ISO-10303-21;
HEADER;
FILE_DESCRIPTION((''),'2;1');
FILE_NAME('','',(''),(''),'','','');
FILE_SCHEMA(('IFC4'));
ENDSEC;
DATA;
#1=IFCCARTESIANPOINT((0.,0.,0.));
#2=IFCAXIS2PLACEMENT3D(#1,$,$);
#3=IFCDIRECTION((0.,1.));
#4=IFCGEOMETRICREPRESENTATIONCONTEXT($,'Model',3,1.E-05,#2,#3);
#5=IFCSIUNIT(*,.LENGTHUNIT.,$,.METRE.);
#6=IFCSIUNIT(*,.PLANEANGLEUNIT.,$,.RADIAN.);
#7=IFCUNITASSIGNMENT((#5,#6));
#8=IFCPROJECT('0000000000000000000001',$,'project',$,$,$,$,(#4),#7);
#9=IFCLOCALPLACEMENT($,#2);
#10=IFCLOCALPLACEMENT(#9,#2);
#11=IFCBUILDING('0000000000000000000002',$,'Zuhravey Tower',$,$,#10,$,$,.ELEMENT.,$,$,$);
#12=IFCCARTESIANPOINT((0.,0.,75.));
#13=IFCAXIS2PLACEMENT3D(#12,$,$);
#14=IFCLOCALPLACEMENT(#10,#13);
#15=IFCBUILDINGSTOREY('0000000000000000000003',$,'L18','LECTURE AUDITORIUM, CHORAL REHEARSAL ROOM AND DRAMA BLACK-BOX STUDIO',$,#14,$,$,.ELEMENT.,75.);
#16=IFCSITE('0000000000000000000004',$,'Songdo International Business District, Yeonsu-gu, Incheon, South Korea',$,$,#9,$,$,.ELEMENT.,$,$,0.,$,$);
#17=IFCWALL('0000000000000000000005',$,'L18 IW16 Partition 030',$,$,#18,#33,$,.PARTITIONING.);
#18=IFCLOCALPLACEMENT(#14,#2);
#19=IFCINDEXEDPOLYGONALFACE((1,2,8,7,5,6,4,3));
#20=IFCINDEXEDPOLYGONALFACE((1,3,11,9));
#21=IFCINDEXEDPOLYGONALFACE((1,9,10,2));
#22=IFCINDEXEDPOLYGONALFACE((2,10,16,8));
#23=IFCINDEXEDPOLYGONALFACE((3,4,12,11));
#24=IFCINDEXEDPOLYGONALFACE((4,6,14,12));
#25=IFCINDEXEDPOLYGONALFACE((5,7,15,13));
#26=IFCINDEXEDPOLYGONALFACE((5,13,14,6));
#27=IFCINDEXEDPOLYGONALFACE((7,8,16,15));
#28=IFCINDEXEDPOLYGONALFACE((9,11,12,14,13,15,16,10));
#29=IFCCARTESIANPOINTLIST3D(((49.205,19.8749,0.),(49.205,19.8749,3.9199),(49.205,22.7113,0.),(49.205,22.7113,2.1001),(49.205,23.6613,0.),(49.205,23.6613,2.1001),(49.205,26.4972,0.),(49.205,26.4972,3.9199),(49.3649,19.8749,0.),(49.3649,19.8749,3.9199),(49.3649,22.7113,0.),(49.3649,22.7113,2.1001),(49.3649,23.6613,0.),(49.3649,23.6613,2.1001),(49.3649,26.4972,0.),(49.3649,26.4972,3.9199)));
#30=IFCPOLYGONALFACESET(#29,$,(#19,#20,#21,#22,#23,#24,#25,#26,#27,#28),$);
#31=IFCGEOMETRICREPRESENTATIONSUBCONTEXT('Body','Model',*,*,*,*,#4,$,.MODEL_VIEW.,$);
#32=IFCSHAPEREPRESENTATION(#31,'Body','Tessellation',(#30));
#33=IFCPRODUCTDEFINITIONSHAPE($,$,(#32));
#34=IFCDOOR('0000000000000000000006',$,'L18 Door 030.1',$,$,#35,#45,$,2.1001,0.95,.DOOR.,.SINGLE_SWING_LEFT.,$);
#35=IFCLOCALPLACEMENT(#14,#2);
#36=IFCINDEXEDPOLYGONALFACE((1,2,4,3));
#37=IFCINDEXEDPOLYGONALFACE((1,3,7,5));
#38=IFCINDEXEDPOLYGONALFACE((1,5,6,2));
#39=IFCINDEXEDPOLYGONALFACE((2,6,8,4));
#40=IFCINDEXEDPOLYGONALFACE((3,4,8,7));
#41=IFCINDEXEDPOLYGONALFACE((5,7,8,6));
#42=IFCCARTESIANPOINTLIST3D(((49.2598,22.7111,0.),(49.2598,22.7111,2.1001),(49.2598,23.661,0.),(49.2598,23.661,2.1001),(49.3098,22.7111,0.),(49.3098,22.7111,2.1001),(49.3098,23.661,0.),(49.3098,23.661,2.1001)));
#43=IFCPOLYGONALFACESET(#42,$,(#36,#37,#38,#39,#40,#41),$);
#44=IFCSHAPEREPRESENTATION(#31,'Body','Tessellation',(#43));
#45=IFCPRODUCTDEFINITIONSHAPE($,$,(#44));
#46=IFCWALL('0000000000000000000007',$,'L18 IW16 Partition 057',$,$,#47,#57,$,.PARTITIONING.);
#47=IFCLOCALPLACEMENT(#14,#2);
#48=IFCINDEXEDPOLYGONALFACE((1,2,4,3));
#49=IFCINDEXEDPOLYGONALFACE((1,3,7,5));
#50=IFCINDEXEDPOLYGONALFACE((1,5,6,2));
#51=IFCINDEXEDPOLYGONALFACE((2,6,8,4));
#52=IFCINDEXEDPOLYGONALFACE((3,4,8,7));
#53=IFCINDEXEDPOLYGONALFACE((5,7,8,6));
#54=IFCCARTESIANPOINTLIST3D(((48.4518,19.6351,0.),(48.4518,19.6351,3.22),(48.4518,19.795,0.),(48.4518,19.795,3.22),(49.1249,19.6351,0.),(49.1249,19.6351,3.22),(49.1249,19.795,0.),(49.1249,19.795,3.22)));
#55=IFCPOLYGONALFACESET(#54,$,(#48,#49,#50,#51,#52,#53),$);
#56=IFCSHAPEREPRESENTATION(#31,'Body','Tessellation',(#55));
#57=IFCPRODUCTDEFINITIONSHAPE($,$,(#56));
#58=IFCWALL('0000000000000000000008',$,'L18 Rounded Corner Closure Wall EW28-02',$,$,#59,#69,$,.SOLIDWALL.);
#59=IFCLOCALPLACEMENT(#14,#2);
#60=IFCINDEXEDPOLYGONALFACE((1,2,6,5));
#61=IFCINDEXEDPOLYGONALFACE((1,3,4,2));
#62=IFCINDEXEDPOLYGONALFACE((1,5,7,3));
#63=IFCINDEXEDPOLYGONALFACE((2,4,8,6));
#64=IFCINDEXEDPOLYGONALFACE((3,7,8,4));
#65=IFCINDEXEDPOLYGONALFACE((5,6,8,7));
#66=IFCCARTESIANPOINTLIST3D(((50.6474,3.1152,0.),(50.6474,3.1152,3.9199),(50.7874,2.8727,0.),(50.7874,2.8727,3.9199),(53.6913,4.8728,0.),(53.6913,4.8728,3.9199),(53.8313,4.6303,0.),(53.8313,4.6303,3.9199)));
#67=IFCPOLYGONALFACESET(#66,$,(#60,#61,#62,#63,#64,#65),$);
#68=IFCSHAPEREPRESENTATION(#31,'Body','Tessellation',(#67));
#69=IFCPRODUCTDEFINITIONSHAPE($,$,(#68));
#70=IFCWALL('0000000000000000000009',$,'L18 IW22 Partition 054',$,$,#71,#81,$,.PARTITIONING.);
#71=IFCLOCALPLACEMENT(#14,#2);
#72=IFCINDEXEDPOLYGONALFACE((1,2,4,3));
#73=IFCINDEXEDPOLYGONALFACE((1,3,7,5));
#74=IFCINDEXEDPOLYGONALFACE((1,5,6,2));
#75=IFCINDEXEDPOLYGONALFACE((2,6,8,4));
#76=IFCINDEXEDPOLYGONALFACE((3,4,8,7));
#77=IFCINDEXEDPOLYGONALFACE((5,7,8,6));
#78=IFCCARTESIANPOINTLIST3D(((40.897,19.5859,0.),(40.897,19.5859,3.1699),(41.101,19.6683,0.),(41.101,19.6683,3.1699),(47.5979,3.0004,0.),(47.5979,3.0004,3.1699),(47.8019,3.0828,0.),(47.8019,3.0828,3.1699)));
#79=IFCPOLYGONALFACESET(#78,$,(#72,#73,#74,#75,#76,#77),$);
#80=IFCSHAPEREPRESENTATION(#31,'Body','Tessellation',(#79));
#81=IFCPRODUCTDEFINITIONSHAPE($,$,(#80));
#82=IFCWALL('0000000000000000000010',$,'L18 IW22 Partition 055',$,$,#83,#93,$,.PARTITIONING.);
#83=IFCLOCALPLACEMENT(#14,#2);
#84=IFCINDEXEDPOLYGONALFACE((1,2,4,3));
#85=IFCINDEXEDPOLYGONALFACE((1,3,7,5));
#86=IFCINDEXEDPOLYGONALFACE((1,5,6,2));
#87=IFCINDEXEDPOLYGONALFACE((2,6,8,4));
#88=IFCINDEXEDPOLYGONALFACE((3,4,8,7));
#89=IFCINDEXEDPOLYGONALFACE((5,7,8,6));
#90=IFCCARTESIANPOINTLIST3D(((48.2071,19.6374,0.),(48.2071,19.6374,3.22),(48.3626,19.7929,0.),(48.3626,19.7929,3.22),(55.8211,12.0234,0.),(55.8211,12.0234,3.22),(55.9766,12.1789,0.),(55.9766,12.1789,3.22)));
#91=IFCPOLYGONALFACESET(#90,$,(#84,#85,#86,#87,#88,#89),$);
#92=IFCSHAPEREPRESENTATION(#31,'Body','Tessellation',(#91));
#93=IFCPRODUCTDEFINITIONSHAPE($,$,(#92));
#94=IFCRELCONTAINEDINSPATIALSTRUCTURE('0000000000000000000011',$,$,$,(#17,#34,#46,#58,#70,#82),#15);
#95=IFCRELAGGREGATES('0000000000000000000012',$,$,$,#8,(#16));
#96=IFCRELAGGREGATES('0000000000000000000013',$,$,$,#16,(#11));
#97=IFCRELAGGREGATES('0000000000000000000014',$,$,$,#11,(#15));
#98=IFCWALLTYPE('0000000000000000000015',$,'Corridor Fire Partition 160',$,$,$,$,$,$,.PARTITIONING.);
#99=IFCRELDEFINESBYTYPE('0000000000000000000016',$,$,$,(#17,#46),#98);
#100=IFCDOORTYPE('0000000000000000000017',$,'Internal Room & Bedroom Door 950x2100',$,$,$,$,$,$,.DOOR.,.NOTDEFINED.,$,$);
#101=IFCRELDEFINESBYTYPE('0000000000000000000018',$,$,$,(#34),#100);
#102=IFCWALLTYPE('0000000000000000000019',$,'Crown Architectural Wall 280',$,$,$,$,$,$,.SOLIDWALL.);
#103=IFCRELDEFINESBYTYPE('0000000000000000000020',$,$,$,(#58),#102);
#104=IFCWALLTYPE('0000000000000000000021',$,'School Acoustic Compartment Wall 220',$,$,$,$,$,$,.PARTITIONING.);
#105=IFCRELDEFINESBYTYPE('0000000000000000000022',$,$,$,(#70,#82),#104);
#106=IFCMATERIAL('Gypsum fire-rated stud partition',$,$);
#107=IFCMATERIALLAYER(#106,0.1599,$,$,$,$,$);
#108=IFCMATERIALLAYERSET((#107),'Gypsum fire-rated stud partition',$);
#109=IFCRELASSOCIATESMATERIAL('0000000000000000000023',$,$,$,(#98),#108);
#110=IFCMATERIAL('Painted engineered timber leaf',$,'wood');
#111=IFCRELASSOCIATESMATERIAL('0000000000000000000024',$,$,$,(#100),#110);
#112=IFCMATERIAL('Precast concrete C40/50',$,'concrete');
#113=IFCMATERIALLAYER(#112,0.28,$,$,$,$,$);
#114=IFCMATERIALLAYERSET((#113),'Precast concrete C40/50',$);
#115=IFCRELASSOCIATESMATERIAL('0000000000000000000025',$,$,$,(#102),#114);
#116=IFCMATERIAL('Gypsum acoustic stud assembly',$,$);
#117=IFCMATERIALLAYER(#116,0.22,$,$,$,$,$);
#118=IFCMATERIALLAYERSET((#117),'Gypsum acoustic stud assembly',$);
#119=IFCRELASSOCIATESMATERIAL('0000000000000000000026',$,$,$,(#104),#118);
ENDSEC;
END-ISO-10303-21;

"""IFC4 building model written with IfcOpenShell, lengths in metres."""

from ifc_helpers import new_model, si_unit, direction, frame, frame_2d, origin, place, context, subcontext, project, spatial, rectangle, extrude, material, layer, layer_set, type_object, element, fill, save


model = new_model("IFC4")

# Units and contexts
model_context = context("Model", 3, precision=1e-05, world=origin(), true_north=direction((0.0, 1.0)))
body_context = subcontext(model_context, "Body", "Model", "MODEL_VIEW")
ifc_project = project(units=[si_unit("LENGTHUNIT", "METRE"), si_unit("PLANEANGLEUNIT", "RADIAN")], contexts=[model_context])

# Site, building, storey
site_placement = place(None, origin())
site = spatial("IfcSite", under=ifc_project, at=site_placement, Name="Songdo International Business District, Yeonsu-gu, Incheon, South Korea", CompositionType="ELEMENT", RefElevation=0.0)
building_placement = place(site_placement, origin())
building = spatial("IfcBuilding", under=site, at=building_placement, Name="Zuhravey Tower", CompositionType="ELEMENT")
storey_placement = place(building_placement, frame((0.0, 0.0, 75.0)))
storey = spatial("IfcBuildingStorey", under=building, at=storey_placement, Name="L18", Description="LECTURE AUDITORIUM, CHORAL REHEARSAL ROOM AND DRAMA BLACK-BOX STUDIO", CompositionType="ELEMENT", Elevation=75.0)

# Wall, opening, door
ifc_material_1 = material(Name="Gypsum fire-rated stud partition")
ifc_layer_1 = layer(ifc_material_1, 0.1599)
ifc_layer_set_1 = layer_set([ifc_layer_1], Name="Gypsum fire-rated stud partition")
wall_type_1 = type_object("IfcWallType", Name="Corridor Fire Partition 160", PredefinedType="PARTITIONING", material=ifc_layer_set_1)
wall_1_placement = place(storey_placement, frame((49.2849, 19.875, 0.0), z_axis=(0.0, 0.0, 1.0), x_axis=(0.0, 1.0, 0.0)))
wall_1 = element("IfcWall", 1, at=wall_1_placement, inside=storey, type_object=wall_type_1, Name="L18 IW16 Partition 030", PredefinedType="PARTITIONING", context=body_context, shape_type="SweptSolid", body=[
    extrude(rectangle(XDim=6.6223, YDim=0.1599, at=frame_2d((3.311, 0.0))), origin(), (0.0, 0.0, 1.0), 3.9199),
])
opening_1_placement = place(wall_1_placement, frame((2.8362, 0.0, 0.0)))
opening_1 = element("IfcOpeningElement", 2, at=opening_1_placement, cuts=wall_1, PredefinedType="OPENING", context=body_context, shape_type="SweptSolid", body=[
    extrude(rectangle(XDim=0.95, YDim=2.1001, at=frame_2d((0.4751, 1.05))), frame((0.0, 0.092, 0.0), z_axis=(0.0, -1.0, 0.0), x_axis=(1.0, 0.0, 0.0)), (0.0, 0.0, 1.0), 0.1838),
])
ifc_material_2 = material(Name="Painted engineered timber leaf", Category="wood")
door_type_1 = type_object("IfcDoorType", Name="Internal Room & Bedroom Door 950x2100", OperationType="NOTDEFINED", PredefinedType="DOOR", material=ifc_material_2)
door_1_placement = place(opening_1_placement, frame((0.95, 0.0, 0.0), z_axis=(0.0, 0.0, 1.0), x_axis=(-1.0, 0.0, 0.0)))
door_1 = element("IfcDoor", 3, at=door_1_placement, inside=storey, type_object=door_type_1, Name="L18 Door 030.1", OperationType="SINGLE_SWING_LEFT", OverallHeight=2.1001, OverallWidth=0.95, PredefinedType="DOOR", context=body_context, shape_type="SweptSolid", body=[
    extrude(rectangle(XDim=0.95, YDim=2.1001, at=frame_2d((0.4751, 1.05))), frame((0.0, 0.0249, 0.0), z_axis=(0.0, -1.0, 0.0), x_axis=(1.0, 0.0, 0.0)), (0.0, 0.0, 1.0), 0.05),
])
fill(opening_1, door_1)

# Walls
wall_2_placement = place(storey_placement, frame((48.4519, 19.7151, 0.0), z_axis=(0.0, 0.0, 1.0), x_axis=(1.0, 0.0, 0.0)))
element("IfcWall", 4, at=wall_2_placement, inside=storey, type_object=wall_type_1, Name="L18 IW16 Partition 057", PredefinedType="PARTITIONING", context=body_context, shape_type="SweptSolid", body=[
    extrude(rectangle(XDim=0.6731, YDim=0.1599, at=frame_2d((0.3364, 0.0))), origin(), (0.0, 0.0, 1.0), 3.22),
])
ifc_material_3 = material(Name="Precast concrete C40/50", Category="concrete")
ifc_layer_2 = layer(ifc_material_3, 0.28)
ifc_layer_set_2 = layer_set([ifc_layer_2], Name="Precast concrete C40/50")
wall_type_2 = type_object("IfcWallType", Name="Crown Architectural Wall 280", PredefinedType="SOLIDWALL", material=ifc_layer_set_2)
wall_3_placement = place(storey_placement, frame((53.7612, 4.7515, 0.0), z_axis=(0.0, 0.0, 1.0), x_axis=(-0.866007, -0.500031, 0.0)))
element("IfcWall", 5, at=wall_3_placement, inside=storey, type_object=wall_type_2, Name="L18 Rounded Corner Closure Wall EW28-02", PredefinedType="SOLIDWALL", context=body_context, shape_type="SweptSolid", body=[
    extrude(rectangle(XDim=3.5149, YDim=0.28, at=frame_2d((1.7573, 0.0))), origin(), (0.0, 0.0, 1.0), 3.9199),
])
ifc_material_4 = material(Name="Gypsum acoustic stud assembly")
ifc_layer_3 = layer(ifc_material_4, 0.22)
ifc_layer_set_3 = layer_set([ifc_layer_3], Name="Gypsum acoustic stud assembly")
wall_type_3 = type_object("IfcWallType", Name="School Acoustic Compartment Wall 220", PredefinedType="PARTITIONING", material=ifc_layer_set_3)
wall_4_placement = place(storey_placement, frame((40.999, 19.627, 0.0), z_axis=(0.0, 0.0, 1.0), x_axis=(0.374605, -0.927184, 0.0)))
element("IfcWall", 6, at=wall_4_placement, inside=storey, type_object=wall_type_3, Name="L18 IW22 Partition 054", PredefinedType="PARTITIONING", context=body_context, shape_type="SweptSolid", body=[
    extrude(rectangle(XDim=17.8879, YDim=0.22, at=frame_2d((8.9438, 0.0))), origin(), (0.0, 0.0, 1.0), 3.1699),
])
wall_5_placement = place(storey_placement, frame((48.2849, 19.7151, 0.0), z_axis=(0.0, 0.0, 1.0), x_axis=(0.707107, -0.707107, 0.0)))
element("IfcWall", 7, at=wall_5_placement, inside=storey, type_object=wall_type_3, Name="L18 IW22 Partition 055", PredefinedType="PARTITIONING", context=body_context, shape_type="SweptSolid", body=[
    extrude(rectangle(XDim=10.7678, YDim=0.22, at=frame_2d((5.3838, 0.0))), origin(), (0.0, 0.0, 1.0), 3.22),
])

save(model, "model.ifc")
